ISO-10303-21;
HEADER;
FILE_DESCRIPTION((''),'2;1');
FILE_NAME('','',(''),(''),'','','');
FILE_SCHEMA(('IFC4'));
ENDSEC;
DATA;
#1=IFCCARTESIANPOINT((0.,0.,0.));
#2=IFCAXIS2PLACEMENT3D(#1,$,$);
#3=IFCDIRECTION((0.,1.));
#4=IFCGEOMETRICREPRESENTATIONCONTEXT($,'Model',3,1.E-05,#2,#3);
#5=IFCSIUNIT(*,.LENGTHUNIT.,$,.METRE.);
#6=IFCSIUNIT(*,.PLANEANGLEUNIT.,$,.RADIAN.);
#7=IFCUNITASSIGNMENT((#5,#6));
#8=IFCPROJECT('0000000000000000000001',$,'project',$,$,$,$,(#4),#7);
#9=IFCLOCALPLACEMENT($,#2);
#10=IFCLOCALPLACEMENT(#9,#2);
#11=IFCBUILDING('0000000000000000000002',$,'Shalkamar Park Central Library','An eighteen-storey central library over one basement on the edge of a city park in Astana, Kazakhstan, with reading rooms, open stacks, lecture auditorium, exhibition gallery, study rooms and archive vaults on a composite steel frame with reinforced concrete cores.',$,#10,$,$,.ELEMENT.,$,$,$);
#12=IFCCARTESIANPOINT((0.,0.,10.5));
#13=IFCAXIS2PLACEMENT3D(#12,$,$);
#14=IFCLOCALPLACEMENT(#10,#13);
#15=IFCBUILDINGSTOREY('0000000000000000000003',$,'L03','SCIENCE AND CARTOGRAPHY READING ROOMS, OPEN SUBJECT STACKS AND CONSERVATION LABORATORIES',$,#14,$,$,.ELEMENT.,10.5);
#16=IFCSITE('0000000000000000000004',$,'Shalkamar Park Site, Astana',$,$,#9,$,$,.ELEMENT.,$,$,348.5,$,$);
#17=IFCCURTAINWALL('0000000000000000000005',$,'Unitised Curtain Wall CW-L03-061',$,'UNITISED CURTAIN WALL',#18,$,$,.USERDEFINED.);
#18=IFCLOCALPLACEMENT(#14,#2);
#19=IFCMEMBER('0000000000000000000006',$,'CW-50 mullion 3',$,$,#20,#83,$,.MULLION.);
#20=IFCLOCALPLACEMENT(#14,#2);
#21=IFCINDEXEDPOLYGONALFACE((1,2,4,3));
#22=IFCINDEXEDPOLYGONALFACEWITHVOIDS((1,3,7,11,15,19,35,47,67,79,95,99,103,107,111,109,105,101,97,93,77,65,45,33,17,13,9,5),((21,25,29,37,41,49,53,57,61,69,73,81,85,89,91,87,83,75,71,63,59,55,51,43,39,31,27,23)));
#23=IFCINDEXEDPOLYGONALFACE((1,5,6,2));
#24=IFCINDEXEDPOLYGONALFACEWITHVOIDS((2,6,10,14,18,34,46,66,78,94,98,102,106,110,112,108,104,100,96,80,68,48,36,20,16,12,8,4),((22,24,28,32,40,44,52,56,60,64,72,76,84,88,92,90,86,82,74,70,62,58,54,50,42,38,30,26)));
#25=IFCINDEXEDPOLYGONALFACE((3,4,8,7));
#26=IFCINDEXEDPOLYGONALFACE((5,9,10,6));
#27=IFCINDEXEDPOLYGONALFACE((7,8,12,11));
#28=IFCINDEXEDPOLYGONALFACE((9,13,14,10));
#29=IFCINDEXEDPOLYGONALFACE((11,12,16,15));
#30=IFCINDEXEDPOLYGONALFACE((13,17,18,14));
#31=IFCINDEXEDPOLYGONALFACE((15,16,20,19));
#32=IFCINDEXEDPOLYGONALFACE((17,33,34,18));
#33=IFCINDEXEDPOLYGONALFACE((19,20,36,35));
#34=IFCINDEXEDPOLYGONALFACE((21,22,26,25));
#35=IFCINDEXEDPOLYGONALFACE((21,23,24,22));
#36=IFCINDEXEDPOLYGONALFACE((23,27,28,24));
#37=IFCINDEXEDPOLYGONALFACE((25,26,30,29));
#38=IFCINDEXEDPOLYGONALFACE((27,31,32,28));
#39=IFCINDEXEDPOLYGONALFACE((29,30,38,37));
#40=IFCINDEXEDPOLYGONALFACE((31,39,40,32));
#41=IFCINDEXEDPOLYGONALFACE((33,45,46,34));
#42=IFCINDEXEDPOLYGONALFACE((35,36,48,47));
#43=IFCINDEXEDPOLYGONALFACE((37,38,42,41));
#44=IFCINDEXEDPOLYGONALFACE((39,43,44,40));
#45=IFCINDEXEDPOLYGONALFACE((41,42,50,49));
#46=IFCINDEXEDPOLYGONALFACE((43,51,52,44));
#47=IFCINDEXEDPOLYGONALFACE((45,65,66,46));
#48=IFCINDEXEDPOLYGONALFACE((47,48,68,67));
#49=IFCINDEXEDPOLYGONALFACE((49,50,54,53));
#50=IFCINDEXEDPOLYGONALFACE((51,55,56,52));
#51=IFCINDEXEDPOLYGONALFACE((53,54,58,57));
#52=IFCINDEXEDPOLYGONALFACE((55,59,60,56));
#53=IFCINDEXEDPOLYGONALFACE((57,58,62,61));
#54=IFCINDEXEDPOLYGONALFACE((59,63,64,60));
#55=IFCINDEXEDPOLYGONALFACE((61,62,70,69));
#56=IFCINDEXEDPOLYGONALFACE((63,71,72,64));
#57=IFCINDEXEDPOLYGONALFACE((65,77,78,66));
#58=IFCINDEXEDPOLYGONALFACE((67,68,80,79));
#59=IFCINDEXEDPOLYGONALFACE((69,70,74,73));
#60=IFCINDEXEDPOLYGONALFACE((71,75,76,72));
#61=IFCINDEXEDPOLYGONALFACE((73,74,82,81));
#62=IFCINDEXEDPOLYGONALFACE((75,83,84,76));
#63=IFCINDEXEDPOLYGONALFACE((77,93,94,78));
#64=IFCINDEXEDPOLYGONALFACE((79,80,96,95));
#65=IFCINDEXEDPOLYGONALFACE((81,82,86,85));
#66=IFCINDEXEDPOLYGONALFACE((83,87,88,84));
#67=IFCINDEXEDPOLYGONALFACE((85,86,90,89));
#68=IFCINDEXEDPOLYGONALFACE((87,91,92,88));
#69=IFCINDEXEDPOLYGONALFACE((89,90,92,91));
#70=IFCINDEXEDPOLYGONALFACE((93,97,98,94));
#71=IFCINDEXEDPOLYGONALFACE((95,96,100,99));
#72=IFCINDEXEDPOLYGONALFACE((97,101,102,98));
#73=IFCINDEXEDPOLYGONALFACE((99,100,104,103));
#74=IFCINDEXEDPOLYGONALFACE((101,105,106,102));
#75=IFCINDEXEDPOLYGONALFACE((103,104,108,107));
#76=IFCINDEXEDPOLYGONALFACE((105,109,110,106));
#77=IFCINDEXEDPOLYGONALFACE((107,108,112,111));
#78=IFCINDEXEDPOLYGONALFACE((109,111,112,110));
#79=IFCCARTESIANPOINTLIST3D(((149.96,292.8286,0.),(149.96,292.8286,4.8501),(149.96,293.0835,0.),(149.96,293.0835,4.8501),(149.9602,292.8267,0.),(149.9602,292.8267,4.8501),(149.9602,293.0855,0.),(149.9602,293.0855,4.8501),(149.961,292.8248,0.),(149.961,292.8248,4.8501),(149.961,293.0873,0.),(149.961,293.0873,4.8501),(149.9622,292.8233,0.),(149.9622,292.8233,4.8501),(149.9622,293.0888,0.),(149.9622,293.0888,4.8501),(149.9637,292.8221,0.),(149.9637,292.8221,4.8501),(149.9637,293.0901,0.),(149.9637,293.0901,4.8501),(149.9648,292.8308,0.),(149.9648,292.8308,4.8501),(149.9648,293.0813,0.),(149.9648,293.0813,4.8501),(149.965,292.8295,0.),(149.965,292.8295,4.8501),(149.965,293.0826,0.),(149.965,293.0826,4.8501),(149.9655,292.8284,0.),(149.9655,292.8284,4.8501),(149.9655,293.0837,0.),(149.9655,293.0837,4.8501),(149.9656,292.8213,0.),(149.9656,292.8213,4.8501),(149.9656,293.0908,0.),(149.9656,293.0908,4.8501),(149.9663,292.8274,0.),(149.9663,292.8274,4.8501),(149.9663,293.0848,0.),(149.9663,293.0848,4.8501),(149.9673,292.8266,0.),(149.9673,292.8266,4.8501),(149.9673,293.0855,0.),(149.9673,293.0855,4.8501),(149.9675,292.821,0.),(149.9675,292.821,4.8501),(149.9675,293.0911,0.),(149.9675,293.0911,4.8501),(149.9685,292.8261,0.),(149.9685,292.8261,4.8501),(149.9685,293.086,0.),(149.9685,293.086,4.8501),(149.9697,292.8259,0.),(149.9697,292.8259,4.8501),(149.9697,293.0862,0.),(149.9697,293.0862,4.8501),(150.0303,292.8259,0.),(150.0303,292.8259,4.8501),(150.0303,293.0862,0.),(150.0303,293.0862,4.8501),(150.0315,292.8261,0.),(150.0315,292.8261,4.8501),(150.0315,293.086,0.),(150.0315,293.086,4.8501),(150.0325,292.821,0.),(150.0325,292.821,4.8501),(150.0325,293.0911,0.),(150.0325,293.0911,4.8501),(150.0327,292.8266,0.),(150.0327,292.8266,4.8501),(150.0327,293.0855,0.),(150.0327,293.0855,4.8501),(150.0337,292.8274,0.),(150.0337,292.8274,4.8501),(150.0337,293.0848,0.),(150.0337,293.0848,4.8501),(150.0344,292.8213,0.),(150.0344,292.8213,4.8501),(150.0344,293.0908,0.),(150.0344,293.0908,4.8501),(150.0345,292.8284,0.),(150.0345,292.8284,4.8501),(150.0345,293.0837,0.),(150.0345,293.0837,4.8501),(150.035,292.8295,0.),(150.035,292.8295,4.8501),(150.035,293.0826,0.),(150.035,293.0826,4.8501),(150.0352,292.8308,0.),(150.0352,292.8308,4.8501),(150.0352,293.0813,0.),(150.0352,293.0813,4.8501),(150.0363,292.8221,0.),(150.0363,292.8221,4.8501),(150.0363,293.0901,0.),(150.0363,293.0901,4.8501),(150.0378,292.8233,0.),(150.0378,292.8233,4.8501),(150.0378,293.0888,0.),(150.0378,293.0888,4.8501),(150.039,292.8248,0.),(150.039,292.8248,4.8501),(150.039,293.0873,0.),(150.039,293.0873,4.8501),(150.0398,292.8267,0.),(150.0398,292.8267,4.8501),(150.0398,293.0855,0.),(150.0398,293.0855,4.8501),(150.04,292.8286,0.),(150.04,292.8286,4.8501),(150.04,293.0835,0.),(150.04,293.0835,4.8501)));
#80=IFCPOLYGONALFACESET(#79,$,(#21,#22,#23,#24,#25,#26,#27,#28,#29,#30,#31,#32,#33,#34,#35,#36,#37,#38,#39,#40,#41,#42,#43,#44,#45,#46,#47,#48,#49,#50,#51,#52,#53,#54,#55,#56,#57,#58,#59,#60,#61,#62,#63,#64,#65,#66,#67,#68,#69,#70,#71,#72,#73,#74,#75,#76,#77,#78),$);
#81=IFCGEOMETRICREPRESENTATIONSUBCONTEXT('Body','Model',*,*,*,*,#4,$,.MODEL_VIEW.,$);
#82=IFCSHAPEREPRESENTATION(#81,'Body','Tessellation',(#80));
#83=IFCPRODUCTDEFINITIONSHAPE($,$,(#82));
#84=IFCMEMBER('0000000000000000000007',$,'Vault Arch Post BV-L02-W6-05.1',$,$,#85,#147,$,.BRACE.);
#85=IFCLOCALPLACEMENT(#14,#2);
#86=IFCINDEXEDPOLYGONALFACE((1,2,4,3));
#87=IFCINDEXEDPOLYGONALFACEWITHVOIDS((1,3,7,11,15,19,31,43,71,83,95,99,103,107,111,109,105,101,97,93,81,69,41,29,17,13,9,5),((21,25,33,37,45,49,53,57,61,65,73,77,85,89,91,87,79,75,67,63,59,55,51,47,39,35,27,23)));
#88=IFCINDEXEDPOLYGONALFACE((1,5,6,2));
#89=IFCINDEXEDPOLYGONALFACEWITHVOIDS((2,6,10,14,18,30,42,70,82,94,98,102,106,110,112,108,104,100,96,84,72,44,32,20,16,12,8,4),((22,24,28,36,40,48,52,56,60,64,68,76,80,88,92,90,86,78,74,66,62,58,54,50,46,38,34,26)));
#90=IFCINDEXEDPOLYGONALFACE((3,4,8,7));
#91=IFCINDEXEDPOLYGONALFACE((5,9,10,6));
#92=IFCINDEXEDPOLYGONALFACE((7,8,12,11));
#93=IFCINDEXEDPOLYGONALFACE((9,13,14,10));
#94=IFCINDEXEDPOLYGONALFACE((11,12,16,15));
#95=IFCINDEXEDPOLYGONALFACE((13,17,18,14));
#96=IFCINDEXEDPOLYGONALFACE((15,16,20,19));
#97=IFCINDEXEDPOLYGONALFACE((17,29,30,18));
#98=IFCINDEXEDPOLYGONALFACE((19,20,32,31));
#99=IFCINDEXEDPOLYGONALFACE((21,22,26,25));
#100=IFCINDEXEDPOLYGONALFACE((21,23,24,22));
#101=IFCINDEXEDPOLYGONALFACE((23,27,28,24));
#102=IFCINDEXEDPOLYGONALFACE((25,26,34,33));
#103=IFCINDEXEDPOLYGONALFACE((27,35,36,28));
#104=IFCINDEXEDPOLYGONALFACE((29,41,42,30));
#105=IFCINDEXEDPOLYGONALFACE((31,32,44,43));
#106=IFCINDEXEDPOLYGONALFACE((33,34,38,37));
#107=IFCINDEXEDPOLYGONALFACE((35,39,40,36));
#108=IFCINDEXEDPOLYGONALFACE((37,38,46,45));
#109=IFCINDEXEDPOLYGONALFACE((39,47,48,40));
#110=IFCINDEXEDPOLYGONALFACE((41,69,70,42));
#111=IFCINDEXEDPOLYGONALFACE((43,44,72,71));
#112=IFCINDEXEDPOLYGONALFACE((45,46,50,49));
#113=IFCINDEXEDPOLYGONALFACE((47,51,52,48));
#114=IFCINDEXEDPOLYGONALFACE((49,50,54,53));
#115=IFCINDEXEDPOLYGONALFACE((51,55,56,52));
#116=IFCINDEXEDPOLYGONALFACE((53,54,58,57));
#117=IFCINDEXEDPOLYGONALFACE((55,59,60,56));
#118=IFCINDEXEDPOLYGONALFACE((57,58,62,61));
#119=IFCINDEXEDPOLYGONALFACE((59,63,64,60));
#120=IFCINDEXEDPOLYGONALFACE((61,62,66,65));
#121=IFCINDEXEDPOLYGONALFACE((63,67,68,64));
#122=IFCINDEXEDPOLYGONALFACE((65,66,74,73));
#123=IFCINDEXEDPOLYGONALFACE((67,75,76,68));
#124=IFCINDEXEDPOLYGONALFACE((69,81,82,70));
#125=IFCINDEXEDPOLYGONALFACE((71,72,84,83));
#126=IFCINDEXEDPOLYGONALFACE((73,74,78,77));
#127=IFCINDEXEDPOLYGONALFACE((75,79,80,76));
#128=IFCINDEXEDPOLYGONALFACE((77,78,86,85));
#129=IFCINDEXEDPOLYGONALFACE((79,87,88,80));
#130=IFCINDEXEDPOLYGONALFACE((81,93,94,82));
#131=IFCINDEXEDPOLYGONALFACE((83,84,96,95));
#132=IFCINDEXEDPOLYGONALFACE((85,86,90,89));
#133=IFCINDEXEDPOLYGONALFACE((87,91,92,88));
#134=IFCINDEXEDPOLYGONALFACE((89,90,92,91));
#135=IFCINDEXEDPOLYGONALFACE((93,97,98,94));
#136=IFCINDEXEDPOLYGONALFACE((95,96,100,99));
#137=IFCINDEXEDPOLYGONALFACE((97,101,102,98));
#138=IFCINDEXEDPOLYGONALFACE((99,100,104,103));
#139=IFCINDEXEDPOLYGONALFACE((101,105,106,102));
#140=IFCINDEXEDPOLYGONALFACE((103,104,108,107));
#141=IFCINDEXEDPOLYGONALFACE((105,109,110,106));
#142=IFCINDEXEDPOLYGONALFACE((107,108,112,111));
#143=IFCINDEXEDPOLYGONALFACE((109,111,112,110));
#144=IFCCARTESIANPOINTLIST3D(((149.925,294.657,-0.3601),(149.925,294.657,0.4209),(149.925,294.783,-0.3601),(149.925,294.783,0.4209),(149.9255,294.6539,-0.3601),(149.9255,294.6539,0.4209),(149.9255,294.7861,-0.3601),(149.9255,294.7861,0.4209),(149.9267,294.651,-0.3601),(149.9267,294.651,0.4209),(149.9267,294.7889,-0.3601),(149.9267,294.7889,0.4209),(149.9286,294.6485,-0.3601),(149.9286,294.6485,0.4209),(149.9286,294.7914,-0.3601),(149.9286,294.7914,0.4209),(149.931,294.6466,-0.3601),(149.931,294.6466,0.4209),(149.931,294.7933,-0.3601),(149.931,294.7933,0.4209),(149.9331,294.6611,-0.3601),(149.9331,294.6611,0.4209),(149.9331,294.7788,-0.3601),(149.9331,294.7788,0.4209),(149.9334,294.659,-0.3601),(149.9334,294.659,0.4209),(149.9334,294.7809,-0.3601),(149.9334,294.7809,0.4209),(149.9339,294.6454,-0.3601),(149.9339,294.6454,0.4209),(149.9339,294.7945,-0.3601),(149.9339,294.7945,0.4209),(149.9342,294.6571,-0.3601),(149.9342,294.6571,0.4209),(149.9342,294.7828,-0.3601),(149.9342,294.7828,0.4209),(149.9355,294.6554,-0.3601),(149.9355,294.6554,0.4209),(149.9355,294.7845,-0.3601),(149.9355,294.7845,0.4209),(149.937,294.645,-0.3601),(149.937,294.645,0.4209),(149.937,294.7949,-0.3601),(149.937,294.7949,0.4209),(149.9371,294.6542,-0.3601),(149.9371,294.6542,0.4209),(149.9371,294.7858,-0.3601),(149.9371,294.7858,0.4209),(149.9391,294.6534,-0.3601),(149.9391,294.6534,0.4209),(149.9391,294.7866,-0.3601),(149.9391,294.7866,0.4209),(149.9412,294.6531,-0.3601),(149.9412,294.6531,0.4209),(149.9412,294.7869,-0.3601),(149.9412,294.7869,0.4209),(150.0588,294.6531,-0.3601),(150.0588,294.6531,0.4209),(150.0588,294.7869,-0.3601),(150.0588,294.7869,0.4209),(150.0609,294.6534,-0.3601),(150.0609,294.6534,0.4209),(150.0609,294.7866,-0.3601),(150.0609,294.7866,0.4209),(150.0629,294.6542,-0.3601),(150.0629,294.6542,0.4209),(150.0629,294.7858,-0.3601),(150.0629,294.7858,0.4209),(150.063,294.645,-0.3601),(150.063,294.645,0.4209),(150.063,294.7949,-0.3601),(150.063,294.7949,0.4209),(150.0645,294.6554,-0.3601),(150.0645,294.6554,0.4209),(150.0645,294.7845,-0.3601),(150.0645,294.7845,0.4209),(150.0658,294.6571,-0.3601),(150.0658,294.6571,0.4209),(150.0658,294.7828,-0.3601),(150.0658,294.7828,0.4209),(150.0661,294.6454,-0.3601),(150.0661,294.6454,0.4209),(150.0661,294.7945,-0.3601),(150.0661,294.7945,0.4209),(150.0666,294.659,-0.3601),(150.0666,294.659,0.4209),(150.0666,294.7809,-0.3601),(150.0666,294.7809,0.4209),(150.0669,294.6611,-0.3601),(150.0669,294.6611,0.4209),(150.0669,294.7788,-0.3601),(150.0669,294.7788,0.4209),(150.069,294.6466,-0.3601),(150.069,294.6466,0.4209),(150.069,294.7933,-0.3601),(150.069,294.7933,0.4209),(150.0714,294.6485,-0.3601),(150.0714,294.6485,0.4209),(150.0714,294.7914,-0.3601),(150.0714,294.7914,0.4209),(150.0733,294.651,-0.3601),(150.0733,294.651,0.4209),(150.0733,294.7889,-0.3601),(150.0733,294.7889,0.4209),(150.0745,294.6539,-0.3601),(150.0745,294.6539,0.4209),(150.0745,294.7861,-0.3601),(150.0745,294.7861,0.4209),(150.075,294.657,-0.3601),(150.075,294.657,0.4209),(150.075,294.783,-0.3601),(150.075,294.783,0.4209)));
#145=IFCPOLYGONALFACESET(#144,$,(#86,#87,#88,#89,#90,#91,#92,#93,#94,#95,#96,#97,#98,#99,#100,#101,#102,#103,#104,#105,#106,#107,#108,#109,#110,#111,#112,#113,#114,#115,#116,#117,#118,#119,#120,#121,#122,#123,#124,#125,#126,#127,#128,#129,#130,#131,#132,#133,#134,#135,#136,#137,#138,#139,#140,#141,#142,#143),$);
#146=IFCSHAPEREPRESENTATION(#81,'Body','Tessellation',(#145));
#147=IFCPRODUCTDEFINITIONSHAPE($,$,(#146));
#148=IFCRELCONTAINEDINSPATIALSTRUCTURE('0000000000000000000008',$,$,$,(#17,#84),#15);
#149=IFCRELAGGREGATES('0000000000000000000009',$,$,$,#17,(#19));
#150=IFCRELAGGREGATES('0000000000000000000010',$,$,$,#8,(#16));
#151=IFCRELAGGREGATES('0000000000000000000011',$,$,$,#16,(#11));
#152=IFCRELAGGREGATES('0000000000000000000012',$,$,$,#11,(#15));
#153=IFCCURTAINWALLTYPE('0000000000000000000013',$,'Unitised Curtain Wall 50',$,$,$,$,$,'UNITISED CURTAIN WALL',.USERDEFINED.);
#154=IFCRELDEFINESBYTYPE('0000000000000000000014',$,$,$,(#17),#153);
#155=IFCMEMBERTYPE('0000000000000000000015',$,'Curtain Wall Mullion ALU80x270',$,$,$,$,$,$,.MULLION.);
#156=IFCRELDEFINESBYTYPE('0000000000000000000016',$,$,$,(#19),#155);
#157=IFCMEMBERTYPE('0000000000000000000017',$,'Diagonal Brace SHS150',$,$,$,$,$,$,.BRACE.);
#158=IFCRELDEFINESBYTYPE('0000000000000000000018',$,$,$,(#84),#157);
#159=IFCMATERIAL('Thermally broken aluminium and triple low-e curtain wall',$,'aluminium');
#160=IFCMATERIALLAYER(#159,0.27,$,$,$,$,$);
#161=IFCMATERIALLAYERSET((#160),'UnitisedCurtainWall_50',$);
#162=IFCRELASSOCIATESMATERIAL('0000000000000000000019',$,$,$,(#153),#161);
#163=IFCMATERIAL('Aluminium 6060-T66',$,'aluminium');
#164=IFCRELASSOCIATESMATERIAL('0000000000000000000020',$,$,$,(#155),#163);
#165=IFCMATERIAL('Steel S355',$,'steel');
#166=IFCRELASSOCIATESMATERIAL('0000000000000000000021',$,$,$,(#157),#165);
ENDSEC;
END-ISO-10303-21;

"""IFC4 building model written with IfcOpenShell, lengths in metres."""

from ifc_helpers import new_model, si_unit, direction, frame, origin, origin_2d, place, context, subcontext, project, spatial, hollow_rectangle, extrude, material, layer, layer_set, material_profile, profile_set, type_object, element, aggregate, save


model = new_model("IFC4")

# Units and contexts
model_context = context("Model", 3, precision=1e-05, world=origin(), true_north=direction((0.0, 1.0)))
body_context = subcontext(model_context, "Body", "Model", "MODEL_VIEW")
ifc_project = project(units=[si_unit("LENGTHUNIT", "METRE"), si_unit("PLANEANGLEUNIT", "RADIAN")], contexts=[model_context])

# Site, building, storey
site_placement = place(None, origin())
site = spatial("IfcSite", under=ifc_project, at=site_placement, Name="Shalkamar Park Site, Astana", CompositionType="ELEMENT", RefElevation=348.5)
building_placement = place(site_placement, origin())
building = spatial("IfcBuilding", under=site, at=building_placement, Name="Shalkamar Park Central Library", Description="An eighteen-storey central library over one basement on the edge of a city park in Astana, Kazakhstan, with reading rooms, open stacks, lecture auditorium, exhibition gallery, study rooms and archive vaults on a composite steel frame with reinforced concrete cores.", CompositionType="ELEMENT")
storey_placement = place(building_placement, frame((0.0, 0.0, 10.5)))
storey = spatial("IfcBuildingStorey", under=building, at=storey_placement, Name="L03", Description="SCIENCE AND CARTOGRAPHY READING ROOMS, OPEN SUBJECT STACKS AND CONSERVATION LABORATORIES", CompositionType="ELEMENT", Elevation=10.5)

# Shared definitions
ifc_material_1 = material(Name="Steel S355", Category="steel")

# Curtain wall, member
ifc_material_2 = material(Name="Thermally broken aluminium and triple low-e curtain wall", Category="aluminium")
ifc_layer_1 = layer(ifc_material_2, 0.27)
ifc_layer_set_1 = layer_set([ifc_layer_1], Name="UnitisedCurtainWall_50")
curtain_wall_type = type_object("IfcCurtainWallType", Name="Unitised Curtain Wall 50", ElementType="UNITISED CURTAIN WALL", PredefinedType="USERDEFINED", material=ifc_layer_set_1)
curtain_wall_placement = place(storey_placement, origin())
curtain_wall = element("IfcCurtainWall", 1, at=curtain_wall_placement, inside=storey, type_object=curtain_wall_type, Name="Unitised Curtain Wall CW-L03-061", ObjectType="UNITISED CURTAIN WALL", PredefinedType="USERDEFINED")
ifc_material_3 = material(Name="Aluminium 6060-T66", Category="aluminium")
ifc_material_profile_1 = material_profile(ifc_material_3, hollow_rectangle(XDim=0.0801, YDim=0.27, WallThickness=0.0049, InnerFilletRadius=0.0049, OuterFilletRadius=0.0076, at=origin_2d()), Name="ALU 80x270x5")
ifc_profile_set_1 = profile_set([ifc_material_profile_1], Name="Aluminium 6060-T66")
member_type_1 = type_object("IfcMemberType", Name="Curtain Wall Mullion ALU80x270", PredefinedType="MULLION", material=ifc_profile_set_1)
member_1_placement = place(storey_placement, frame((150.0, 292.9561, 0.0), z_axis=(0.0, 0.0, 1.0), x_axis=(-1.0, 0.0, 0.0)))
member_1 = element("IfcMember", 2, at=member_1_placement, type_object=member_type_1, Name="CW-50 mullion 3", PredefinedType="MULLION", context=body_context, shape_type="SweptSolid", body=[
    extrude(hollow_rectangle(XDim=0.0801, YDim=0.27, WallThickness=0.0049, InnerFilletRadius=0.0049, OuterFilletRadius=0.0076, at=origin_2d()), origin(), (0.0, 0.0, 1.0), 4.8501),
])
aggregate(curtain_wall, [member_1])

# Member
ifc_material_profile_2 = material_profile(ifc_material_1, hollow_rectangle(XDim=0.1499, YDim=0.1499, WallThickness=0.0081, InnerFilletRadius=0.0081, OuterFilletRadius=0.012, at=origin_2d()), Name="SHS 150x150x8")
ifc_profile_set_2 = profile_set([ifc_material_profile_2], Name="Steel S355")
member_type_2 = type_object("IfcMemberType", Name="Diagonal Brace SHS150", PredefinedType="BRACE", material=ifc_profile_set_2)
member_2_placement = place(storey_placement, frame((150.0, 294.72, -0.3601), z_axis=(0.0, 0.0, 1.0), x_axis=(1.0, 0.0, 0.0)))
element("IfcMember", 3, at=member_2_placement, inside=storey, type_object=member_type_2, Name="Vault Arch Post BV-L02-W6-05.1", PredefinedType="BRACE", context=body_context, shape_type="SweptSolid", body=[
    extrude(hollow_rectangle(XDim=0.1499, YDim=0.1499, WallThickness=0.0081, InnerFilletRadius=0.0081, OuterFilletRadius=0.012, at=origin_2d()), origin(), (0.0, 0.0, 1.0), 0.781),
])

save(model, "model.ifc")
